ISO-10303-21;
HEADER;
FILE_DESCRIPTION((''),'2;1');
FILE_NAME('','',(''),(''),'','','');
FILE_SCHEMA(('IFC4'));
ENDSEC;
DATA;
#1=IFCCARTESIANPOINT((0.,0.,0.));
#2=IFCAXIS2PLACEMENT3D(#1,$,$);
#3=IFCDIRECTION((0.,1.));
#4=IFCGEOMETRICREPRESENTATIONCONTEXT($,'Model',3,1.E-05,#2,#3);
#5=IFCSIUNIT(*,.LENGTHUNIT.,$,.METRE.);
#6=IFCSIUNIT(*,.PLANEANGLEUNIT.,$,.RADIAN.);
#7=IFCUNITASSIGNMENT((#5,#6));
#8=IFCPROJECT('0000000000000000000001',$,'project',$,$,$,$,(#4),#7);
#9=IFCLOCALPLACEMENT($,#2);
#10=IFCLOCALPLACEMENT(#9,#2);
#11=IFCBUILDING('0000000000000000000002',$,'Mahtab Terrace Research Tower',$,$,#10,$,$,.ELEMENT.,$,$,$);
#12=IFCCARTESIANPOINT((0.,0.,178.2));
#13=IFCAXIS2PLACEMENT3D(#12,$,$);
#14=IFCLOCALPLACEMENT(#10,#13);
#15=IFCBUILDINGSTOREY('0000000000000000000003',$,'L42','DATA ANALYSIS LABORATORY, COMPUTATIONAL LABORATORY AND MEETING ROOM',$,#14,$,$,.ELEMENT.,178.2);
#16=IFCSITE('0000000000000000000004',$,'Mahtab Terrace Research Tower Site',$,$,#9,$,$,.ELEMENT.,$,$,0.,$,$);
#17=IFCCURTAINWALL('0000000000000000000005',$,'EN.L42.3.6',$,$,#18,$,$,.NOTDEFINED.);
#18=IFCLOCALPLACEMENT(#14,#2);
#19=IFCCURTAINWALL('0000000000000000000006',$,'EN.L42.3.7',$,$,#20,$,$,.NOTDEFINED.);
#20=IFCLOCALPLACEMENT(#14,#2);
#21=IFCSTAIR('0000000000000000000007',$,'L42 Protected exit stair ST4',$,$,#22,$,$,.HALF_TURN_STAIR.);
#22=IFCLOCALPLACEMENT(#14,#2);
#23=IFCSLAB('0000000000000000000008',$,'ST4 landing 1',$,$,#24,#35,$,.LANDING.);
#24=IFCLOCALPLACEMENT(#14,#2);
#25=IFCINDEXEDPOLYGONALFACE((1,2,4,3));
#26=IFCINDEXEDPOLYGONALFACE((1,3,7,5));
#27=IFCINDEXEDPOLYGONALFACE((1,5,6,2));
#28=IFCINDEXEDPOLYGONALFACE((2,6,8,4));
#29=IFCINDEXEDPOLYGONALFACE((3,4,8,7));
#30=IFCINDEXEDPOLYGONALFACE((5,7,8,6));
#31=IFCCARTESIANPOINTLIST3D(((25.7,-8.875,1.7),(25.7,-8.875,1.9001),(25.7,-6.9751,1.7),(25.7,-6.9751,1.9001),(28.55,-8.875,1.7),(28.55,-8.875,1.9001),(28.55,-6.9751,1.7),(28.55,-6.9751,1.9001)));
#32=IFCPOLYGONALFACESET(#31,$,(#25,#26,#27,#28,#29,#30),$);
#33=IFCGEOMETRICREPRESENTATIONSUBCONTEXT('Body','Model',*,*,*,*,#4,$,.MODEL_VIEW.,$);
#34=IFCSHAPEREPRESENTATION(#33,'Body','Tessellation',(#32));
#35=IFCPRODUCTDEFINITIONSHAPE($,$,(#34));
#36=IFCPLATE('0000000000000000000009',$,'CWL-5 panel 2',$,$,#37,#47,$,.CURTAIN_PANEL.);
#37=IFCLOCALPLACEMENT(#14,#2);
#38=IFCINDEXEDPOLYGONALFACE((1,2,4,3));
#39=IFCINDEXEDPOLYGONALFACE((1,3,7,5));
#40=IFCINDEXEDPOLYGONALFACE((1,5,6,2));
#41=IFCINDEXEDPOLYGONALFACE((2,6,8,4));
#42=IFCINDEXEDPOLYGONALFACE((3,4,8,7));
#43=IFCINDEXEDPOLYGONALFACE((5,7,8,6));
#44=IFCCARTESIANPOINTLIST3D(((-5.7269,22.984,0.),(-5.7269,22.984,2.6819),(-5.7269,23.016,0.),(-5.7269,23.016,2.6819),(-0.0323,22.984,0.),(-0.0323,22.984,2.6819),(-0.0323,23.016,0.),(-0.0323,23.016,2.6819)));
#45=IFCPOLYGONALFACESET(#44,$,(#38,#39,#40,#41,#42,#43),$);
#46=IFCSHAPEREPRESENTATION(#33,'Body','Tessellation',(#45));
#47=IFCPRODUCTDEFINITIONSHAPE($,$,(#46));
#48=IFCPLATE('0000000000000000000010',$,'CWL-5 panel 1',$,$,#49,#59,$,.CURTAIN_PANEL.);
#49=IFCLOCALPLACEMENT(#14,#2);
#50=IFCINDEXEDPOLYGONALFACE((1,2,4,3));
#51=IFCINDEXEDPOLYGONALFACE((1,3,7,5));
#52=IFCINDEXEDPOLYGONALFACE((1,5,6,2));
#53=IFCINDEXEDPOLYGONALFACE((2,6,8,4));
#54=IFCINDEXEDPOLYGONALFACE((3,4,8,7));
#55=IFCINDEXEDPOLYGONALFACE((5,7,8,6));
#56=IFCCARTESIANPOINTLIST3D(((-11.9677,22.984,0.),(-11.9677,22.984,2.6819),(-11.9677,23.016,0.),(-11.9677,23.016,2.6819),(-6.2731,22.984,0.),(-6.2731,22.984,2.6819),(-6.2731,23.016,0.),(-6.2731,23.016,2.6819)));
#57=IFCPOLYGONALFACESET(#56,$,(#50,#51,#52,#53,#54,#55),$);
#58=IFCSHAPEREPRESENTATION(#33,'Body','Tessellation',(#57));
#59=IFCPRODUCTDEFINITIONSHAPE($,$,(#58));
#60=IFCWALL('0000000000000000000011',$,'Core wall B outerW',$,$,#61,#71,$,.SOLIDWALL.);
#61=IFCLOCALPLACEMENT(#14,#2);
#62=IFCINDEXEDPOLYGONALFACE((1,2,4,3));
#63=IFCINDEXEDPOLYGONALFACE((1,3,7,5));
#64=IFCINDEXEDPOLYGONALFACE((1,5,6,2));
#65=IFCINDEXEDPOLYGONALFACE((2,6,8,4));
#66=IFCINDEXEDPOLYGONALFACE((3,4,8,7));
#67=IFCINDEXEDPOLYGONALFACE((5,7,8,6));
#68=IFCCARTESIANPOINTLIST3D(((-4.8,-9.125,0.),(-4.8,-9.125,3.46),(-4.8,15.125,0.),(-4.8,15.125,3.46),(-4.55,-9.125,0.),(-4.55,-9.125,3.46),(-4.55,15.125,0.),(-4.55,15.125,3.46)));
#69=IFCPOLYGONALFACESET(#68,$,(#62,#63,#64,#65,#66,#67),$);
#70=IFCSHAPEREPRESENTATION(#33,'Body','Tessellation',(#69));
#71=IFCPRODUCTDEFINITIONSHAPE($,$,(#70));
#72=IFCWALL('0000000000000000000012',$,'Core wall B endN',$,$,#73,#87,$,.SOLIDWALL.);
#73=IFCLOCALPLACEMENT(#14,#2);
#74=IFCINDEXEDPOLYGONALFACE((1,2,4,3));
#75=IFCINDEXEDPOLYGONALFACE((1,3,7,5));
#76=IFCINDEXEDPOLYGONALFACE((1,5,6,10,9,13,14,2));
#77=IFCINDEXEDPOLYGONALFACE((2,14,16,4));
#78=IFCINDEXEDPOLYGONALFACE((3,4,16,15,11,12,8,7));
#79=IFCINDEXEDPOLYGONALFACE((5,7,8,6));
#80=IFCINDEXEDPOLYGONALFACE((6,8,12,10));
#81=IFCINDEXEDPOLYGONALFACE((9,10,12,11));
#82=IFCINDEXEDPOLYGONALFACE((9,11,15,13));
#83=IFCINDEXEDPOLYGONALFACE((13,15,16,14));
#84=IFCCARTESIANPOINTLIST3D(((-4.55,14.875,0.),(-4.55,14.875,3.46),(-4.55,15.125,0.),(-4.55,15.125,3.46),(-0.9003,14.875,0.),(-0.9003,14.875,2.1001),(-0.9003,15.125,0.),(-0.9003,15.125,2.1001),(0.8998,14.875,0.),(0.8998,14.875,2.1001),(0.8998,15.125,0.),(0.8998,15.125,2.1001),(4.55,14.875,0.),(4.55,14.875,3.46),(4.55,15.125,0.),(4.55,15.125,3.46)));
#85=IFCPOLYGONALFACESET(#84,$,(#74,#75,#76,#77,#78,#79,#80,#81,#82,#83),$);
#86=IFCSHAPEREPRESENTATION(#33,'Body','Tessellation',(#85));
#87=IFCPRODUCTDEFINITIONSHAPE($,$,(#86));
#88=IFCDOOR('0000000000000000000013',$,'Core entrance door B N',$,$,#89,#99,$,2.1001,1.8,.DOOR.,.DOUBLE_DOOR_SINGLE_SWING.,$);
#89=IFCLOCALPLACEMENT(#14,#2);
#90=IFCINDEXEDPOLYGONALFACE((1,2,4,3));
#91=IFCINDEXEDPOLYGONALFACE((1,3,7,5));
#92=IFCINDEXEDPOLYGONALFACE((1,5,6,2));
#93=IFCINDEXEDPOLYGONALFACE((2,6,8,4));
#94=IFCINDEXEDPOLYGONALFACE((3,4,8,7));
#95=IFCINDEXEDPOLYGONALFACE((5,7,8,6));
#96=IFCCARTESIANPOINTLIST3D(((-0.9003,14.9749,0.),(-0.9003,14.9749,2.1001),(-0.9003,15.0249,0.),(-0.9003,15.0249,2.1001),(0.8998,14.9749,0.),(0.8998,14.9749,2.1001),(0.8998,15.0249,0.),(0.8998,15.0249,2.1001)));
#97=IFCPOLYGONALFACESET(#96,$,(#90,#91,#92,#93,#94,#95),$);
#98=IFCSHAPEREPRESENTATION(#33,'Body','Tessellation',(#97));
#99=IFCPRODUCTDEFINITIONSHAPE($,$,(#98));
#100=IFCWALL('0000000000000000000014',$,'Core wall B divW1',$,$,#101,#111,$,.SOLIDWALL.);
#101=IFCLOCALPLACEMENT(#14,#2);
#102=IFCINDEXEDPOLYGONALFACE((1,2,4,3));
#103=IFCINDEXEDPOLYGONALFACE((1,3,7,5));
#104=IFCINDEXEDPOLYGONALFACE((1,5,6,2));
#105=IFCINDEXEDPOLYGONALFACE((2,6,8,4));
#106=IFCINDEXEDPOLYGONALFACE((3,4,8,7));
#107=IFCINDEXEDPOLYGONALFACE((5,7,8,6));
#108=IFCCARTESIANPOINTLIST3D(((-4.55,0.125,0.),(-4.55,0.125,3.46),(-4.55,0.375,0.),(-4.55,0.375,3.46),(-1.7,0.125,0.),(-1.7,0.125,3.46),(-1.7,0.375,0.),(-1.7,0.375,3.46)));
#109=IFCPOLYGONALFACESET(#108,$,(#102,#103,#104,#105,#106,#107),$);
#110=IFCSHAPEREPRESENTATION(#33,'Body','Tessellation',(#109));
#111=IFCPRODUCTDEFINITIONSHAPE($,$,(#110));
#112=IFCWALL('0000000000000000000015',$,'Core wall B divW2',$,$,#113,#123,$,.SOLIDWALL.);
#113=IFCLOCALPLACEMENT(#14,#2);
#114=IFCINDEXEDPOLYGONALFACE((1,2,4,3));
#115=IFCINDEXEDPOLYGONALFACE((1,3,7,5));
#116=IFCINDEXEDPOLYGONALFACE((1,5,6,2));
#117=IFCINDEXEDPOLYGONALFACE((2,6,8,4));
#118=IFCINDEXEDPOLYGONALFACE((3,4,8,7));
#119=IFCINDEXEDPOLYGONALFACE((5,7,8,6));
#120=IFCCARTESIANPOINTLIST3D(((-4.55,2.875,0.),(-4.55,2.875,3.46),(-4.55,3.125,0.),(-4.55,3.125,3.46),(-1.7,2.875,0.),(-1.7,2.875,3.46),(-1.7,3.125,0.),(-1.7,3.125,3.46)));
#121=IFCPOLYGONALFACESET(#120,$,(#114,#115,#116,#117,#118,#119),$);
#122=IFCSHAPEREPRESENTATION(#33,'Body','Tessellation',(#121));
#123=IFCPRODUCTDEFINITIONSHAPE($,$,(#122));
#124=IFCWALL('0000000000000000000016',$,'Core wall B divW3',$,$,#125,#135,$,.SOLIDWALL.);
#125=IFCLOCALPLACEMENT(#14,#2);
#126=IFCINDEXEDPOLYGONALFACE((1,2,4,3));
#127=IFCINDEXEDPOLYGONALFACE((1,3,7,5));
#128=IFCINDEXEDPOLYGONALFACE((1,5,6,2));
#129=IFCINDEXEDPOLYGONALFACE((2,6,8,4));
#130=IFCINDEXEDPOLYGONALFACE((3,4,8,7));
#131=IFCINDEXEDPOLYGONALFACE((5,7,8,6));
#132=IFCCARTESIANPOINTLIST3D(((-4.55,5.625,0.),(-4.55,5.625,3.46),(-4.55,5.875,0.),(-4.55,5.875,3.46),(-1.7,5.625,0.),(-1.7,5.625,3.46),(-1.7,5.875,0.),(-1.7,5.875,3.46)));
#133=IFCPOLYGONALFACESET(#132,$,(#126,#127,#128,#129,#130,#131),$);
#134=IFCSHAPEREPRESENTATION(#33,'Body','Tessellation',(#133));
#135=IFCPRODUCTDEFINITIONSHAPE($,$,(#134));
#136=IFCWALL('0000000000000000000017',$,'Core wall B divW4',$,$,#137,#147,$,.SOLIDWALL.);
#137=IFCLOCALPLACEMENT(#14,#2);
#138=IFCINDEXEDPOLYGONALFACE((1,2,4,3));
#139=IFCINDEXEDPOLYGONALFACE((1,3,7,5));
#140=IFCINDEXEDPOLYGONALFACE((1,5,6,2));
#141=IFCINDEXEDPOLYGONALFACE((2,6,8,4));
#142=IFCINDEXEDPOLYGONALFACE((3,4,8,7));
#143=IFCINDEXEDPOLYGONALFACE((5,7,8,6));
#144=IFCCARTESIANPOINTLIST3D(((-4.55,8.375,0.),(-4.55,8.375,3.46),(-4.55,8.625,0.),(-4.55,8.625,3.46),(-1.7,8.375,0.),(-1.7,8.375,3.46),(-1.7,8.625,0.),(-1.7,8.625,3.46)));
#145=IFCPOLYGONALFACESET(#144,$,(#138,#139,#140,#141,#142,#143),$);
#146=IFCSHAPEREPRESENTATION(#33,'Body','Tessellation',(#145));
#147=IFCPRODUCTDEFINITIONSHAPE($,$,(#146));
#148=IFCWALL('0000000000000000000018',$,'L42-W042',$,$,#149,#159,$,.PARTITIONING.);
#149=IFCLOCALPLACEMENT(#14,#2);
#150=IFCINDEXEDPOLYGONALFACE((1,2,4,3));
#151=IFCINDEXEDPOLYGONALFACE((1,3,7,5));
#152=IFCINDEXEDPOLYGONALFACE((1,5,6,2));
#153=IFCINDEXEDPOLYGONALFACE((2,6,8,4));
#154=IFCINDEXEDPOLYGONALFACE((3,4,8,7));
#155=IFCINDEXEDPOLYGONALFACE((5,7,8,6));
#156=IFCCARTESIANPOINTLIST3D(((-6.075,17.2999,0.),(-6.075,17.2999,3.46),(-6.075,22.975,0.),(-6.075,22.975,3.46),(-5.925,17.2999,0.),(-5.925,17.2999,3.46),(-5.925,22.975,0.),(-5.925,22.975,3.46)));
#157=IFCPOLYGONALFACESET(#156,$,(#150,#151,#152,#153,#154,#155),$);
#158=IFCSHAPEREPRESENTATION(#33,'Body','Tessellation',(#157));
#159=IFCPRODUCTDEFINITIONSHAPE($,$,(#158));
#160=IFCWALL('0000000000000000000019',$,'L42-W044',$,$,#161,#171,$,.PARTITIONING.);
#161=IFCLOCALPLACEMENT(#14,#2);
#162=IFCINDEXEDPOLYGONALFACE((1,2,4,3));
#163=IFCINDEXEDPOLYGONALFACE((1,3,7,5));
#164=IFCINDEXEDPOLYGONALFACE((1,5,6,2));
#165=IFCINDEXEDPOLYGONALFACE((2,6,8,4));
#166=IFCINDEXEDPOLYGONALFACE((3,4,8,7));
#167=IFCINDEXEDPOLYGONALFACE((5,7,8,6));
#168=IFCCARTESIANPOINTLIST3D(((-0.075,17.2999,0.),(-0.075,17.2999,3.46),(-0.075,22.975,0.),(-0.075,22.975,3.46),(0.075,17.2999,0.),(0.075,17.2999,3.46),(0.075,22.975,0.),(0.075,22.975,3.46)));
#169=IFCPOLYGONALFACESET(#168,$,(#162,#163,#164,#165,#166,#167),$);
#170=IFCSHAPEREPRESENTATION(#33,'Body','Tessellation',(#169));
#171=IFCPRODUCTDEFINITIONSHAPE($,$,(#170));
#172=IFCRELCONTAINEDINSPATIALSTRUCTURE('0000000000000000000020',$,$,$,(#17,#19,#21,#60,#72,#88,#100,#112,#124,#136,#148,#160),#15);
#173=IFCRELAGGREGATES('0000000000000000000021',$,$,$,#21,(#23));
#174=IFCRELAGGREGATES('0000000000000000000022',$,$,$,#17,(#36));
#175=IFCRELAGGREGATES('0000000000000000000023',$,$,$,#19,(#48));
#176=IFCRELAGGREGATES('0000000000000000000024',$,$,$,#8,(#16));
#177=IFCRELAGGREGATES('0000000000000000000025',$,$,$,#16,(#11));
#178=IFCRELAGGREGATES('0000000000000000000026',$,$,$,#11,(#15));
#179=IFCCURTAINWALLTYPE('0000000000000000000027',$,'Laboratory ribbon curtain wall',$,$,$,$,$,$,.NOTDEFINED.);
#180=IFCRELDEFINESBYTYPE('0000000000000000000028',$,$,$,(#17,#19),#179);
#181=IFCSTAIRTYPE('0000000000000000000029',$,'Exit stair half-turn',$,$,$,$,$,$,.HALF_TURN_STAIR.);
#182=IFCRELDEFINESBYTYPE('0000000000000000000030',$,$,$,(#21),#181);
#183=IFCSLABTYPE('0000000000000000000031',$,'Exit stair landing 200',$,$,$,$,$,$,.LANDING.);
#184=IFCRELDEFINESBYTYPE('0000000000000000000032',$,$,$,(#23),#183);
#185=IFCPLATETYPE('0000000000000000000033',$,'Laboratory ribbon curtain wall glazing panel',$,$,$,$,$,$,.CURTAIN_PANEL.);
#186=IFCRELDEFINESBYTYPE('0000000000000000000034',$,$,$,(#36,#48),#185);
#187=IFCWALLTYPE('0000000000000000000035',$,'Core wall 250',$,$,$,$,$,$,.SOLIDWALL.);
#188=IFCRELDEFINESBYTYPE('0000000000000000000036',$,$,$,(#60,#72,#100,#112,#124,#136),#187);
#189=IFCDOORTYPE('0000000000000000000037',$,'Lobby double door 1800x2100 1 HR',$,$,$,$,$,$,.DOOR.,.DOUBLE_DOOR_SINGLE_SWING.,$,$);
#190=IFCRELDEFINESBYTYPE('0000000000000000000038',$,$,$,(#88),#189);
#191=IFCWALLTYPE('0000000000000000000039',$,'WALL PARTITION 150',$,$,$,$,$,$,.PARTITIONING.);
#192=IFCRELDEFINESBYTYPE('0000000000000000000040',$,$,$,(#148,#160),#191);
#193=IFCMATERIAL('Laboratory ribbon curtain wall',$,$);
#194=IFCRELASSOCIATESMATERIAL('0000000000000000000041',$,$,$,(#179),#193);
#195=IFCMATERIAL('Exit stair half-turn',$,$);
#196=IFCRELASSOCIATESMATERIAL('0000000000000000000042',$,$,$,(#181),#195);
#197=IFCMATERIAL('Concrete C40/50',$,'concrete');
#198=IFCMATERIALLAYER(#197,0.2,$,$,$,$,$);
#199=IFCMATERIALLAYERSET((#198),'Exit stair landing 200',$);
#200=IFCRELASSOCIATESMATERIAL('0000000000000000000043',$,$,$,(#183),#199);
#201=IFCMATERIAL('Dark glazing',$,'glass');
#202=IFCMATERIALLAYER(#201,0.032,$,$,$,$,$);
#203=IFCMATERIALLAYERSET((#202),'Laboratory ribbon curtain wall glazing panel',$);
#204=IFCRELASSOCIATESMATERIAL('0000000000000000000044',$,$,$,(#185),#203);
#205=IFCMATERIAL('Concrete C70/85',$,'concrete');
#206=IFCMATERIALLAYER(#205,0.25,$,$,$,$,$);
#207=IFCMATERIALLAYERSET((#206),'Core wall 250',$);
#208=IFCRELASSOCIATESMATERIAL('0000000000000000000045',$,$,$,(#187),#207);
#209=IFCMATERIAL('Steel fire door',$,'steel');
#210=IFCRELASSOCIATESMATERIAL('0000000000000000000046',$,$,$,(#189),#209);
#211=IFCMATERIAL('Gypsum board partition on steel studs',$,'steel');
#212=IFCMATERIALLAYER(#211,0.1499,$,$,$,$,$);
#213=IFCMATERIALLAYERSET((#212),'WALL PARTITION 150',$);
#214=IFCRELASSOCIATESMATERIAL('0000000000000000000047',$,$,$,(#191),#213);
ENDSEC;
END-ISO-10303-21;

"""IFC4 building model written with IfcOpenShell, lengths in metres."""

from ifc_helpers import new_model, si_unit, direction, frame, frame_2d, origin, origin_2d, place, context, subcontext, project, spatial, polyline, rectangle, outline, extrude, material, layer, layer_set, type_object, element, fill, aggregate, save


model = new_model("IFC4")

# Units and contexts
model_context = context("Model", 3, precision=1e-05, world=origin(), true_north=direction((0.0, 1.0)))
body_context = subcontext(model_context, "Body", "Model", "MODEL_VIEW")
ifc_project = project(units=[si_unit("LENGTHUNIT", "METRE"), si_unit("PLANEANGLEUNIT", "RADIAN")], contexts=[model_context])

# Site, building, storey
site_placement = place(None, origin())
site = spatial("IfcSite", under=ifc_project, at=site_placement, Name="Mahtab Terrace Research Tower Site", CompositionType="ELEMENT", RefElevation=0.0)
building_placement = place(site_placement, origin())
building = spatial("IfcBuilding", under=site, at=building_placement, Name="Mahtab Terrace Research Tower", CompositionType="ELEMENT")
storey_placement = place(building_placement, frame((0.0, 0.0, 178.2)))
storey = spatial("IfcBuildingStorey", under=building, at=storey_placement, Name="L42", Description="DATA ANALYSIS LABORATORY, COMPUTATIONAL LABORATORY AND MEETING ROOM", CompositionType="ELEMENT", Elevation=178.2)

# Shared definitions
ifc_material_1 = material(Name="Concrete C70/85", Category="concrete")

# Curtain walls
ifc_material_2 = material(Name="Laboratory ribbon curtain wall")
curtain_wall_type = type_object("IfcCurtainWallType", Name="Laboratory ribbon curtain wall", PredefinedType="NOTDEFINED", material=ifc_material_2)
curtain_wall_1_placement = place(storey_placement, origin())
curtain_wall_1 = element("IfcCurtainWall", 1, at=curtain_wall_1_placement, inside=storey, type_object=curtain_wall_type, Name="EN.L42.3.6", PredefinedType="NOTDEFINED")
curtain_wall_2_placement = place(storey_placement, origin())
curtain_wall_2 = element("IfcCurtainWall", 2, at=curtain_wall_2_placement, inside=storey, type_object=curtain_wall_type, Name="EN.L42.3.7", PredefinedType="NOTDEFINED")

# Stair, slab
ifc_material_3 = material(Name="Exit stair half-turn")
stair_type = type_object("IfcStairType", Name="Exit stair half-turn", PredefinedType="HALF_TURN_STAIR", material=ifc_material_3)
ifc_material_4 = material(Name="Concrete C40/50", Category="concrete")
ifc_layer_1 = layer(ifc_material_4, 0.2)
ifc_layer_set_1 = layer_set([ifc_layer_1], Name="Exit stair landing 200")
slab_type = type_object("IfcSlabType", Name="Exit stair landing 200", PredefinedType="LANDING", material=ifc_layer_set_1)
stair_1_placement = place(storey_placement, origin())
stair_1 = element("IfcStair", 3, at=stair_1_placement, inside=storey, type_object=stair_type, Name="L42 Protected exit stair ST4", PredefinedType="HALF_TURN_STAIR")
slab_1_placement = place(storey_placement, frame((0.0, 0.0, 1.7)))
slab_1 = element("IfcSlab", 4, at=slab_1_placement, type_object=slab_type, Name="ST4 landing 1", PredefinedType="LANDING", context=body_context, shape_type="SweptSolid", body=[
    extrude(outline(polyline([(25.7, -6.9751), (25.7, -8.875), (28.55, -8.875), (28.55, -6.9751), (25.7, -6.9751)])), origin(), (0.0, 0.0, 1.0), 0.2002),
])
aggregate(stair_1, [slab_1])

# Plates
ifc_material_5 = material(Name="Dark glazing", Category="glass")
ifc_layer_2 = layer(ifc_material_5, 0.032)
ifc_layer_set_2 = layer_set([ifc_layer_2], Name="Laboratory ribbon curtain wall glazing panel")
plate_type = type_object("IfcPlateType", Name="Laboratory ribbon curtain wall glazing panel", PredefinedType="CURTAIN_PANEL", material=ifc_layer_set_2)
plate_1_placement = place(storey_placement, frame((-2.8796, 23.0, 0.0), z_axis=(0.0, 0.0, 1.0), x_axis=(-1.0, 0.0, 0.0)))
plate_1 = element("IfcPlate", 5, at=plate_1_placement, type_object=plate_type, Name="CWL-5 panel 2", PredefinedType="CURTAIN_PANEL", context=body_context, shape_type="SweptSolid", body=[
    extrude(rectangle(XDim=5.6946, YDim=0.032, at=origin_2d()), origin(), (0.0, 0.0, 1.0), 2.6819),
])
aggregate(curtain_wall_1, [plate_1])
plate_2_placement = place(storey_placement, frame((-9.1204, 23.0, 0.0), z_axis=(0.0, 0.0, 1.0), x_axis=(-1.0, 0.0, 0.0)))
plate_2 = element("IfcPlate", 6, at=plate_2_placement, type_object=plate_type, Name="CWL-5 panel 1", PredefinedType="CURTAIN_PANEL", context=body_context, shape_type="SweptSolid", body=[
    extrude(rectangle(XDim=5.6946, YDim=0.032, at=origin_2d()), origin(), (0.0, 0.0, 1.0), 2.6819),
])
aggregate(curtain_wall_2, [plate_2])

# Wall
ifc_layer_3 = layer(ifc_material_1, 0.25)
ifc_layer_set_3 = layer_set([ifc_layer_3], Name="Core wall 250")
wall_type_1 = type_object("IfcWallType", Name="Core wall 250", PredefinedType="SOLIDWALL", material=ifc_layer_set_3)
wall_1_placement = place(storey_placement, frame((-4.675, 15.125, 0.0), z_axis=(0.0, 0.0, 1.0), x_axis=(0.0, -1.0, 0.0)))
element("IfcWall", 7, at=wall_1_placement, inside=storey, type_object=wall_type_1, Name="Core wall B outerW", PredefinedType="SOLIDWALL", context=body_context, shape_type="SweptSolid", body=[
    extrude(rectangle(XDim=24.25, YDim=0.25, at=frame_2d((12.125, 0.0))), origin(), (0.0, 0.0, 1.0), 3.46),
])

# Wall, opening, door
wall_2_placement = place(storey_placement, frame((-4.55, 15.0, 0.0), z_axis=(0.0, 0.0, 1.0), x_axis=(1.0, 0.0, 0.0)))
wall_2 = element("IfcWall", 8, at=wall_2_placement, inside=storey, type_object=wall_type_1, Name="Core wall B endN", PredefinedType="SOLIDWALL", context=body_context, shape_type="SweptSolid", body=[
    extrude(rectangle(XDim=9.1001, YDim=0.25, at=frame_2d((4.55, 0.0))), origin(), (0.0, 0.0, 1.0), 3.46),
])
opening_placement = place(wall_2_placement, frame((3.6499, 0.0, 0.0)))
opening = element("IfcOpeningElement", 9, at=opening_placement, cuts=wall_2, PredefinedType="OPENING", context=body_context, shape_type="SweptSolid", body=[
    extrude(rectangle(XDim=1.8, YDim=2.1001, at=frame_2d((0.8999, 1.05))), frame((0.0, 0.135, 0.0), z_axis=(0.0, -1.0, 0.0), x_axis=(1.0, 0.0, 0.0)), (0.0, 0.0, 1.0), 0.27),
])
ifc_material_6 = material(Name="Steel fire door", Category="steel")
door_type = type_object("IfcDoorType", Name="Lobby double door 1800x2100 1 HR", OperationType="DOUBLE_DOOR_SINGLE_SWING", PredefinedType="DOOR", material=ifc_material_6)
door_placement = place(opening_placement, origin())
door = element("IfcDoor", 10, at=door_placement, inside=storey, type_object=door_type, Name="Core entrance door B N", OperationType="DOUBLE_DOOR_SINGLE_SWING", OverallHeight=2.1001, OverallWidth=1.8, PredefinedType="DOOR", context=body_context, shape_type="SweptSolid", body=[
    extrude(rectangle(XDim=1.8, YDim=2.1001, at=frame_2d((0.8999, 1.05))), frame((0.0, 0.0249, 0.0), z_axis=(0.0, -1.0, 0.0), x_axis=(1.0, 0.0, 0.0)), (0.0, 0.0, 1.0), 0.05),
])
fill(opening, door)

# Walls
for number, where, z_axis, x_axis, name in (
    (11, (-4.55, 0.25, 0.0), (0.0, 0.0, 1.0), (1.0, 0.0, 0.0), "Core wall B divW1"),
    (12, (-4.55, 3.0, 0.0), (0.0, 0.0, 1.0), (1.0, 0.0, 0.0), "Core wall B divW2"),
    (13, (-4.55, 5.75, 0.0), (0.0, 0.0, 1.0), (1.0, 0.0, 0.0), "Core wall B divW3"),
    (14, (-4.55, 8.5, 0.0), (0.0, 0.0, 1.0), (1.0, 0.0, 0.0), "Core wall B divW4"),
):
    element("IfcWall", number, at=place(storey_placement, frame(where, z_axis=z_axis, x_axis=x_axis)), inside=storey, type_object=wall_type_1, Name=name, PredefinedType="SOLIDWALL", context=body_context, shape_type="SweptSolid", body=[
        extrude(rectangle(XDim=2.8501, YDim=0.25, at=frame_2d((1.425, 0.0))), origin(), (0.0, 0.0, 1.0), 3.46),
    ])
ifc_material_7 = material(Name="Gypsum board partition on steel studs", Category="steel")
ifc_layer_4 = layer(ifc_material_7, 0.1499)
ifc_layer_set_4 = layer_set([ifc_layer_4], Name="WALL PARTITION 150")
wall_type_2 = type_object("IfcWallType", Name="WALL PARTITION 150", PredefinedType="PARTITIONING", material=ifc_layer_set_4)
for number, where, z_axis, x_axis, name in (
    (15, (-6.0, 17.3, 0.0), (0.0, 0.0, 1.0), (0.0, 1.0, 0.0), "L42-W042"),
    (16, (0.0, 17.3, 0.0), (0.0, 0.0, 1.0), (0.0, 1.0, 0.0), "L42-W044"),
):
    element("IfcWall", number, at=place(storey_placement, frame(where, z_axis=z_axis, x_axis=x_axis)), inside=storey, type_object=wall_type_2, Name=name, PredefinedType="PARTITIONING", context=body_context, shape_type="SweptSolid", body=[
        extrude(rectangle(XDim=5.675, YDim=0.1499, at=frame_2d((2.8374, 0.0))), origin(), (0.0, 0.0, 1.0), 3.46),
    ])

save(model, "model.ifc")
